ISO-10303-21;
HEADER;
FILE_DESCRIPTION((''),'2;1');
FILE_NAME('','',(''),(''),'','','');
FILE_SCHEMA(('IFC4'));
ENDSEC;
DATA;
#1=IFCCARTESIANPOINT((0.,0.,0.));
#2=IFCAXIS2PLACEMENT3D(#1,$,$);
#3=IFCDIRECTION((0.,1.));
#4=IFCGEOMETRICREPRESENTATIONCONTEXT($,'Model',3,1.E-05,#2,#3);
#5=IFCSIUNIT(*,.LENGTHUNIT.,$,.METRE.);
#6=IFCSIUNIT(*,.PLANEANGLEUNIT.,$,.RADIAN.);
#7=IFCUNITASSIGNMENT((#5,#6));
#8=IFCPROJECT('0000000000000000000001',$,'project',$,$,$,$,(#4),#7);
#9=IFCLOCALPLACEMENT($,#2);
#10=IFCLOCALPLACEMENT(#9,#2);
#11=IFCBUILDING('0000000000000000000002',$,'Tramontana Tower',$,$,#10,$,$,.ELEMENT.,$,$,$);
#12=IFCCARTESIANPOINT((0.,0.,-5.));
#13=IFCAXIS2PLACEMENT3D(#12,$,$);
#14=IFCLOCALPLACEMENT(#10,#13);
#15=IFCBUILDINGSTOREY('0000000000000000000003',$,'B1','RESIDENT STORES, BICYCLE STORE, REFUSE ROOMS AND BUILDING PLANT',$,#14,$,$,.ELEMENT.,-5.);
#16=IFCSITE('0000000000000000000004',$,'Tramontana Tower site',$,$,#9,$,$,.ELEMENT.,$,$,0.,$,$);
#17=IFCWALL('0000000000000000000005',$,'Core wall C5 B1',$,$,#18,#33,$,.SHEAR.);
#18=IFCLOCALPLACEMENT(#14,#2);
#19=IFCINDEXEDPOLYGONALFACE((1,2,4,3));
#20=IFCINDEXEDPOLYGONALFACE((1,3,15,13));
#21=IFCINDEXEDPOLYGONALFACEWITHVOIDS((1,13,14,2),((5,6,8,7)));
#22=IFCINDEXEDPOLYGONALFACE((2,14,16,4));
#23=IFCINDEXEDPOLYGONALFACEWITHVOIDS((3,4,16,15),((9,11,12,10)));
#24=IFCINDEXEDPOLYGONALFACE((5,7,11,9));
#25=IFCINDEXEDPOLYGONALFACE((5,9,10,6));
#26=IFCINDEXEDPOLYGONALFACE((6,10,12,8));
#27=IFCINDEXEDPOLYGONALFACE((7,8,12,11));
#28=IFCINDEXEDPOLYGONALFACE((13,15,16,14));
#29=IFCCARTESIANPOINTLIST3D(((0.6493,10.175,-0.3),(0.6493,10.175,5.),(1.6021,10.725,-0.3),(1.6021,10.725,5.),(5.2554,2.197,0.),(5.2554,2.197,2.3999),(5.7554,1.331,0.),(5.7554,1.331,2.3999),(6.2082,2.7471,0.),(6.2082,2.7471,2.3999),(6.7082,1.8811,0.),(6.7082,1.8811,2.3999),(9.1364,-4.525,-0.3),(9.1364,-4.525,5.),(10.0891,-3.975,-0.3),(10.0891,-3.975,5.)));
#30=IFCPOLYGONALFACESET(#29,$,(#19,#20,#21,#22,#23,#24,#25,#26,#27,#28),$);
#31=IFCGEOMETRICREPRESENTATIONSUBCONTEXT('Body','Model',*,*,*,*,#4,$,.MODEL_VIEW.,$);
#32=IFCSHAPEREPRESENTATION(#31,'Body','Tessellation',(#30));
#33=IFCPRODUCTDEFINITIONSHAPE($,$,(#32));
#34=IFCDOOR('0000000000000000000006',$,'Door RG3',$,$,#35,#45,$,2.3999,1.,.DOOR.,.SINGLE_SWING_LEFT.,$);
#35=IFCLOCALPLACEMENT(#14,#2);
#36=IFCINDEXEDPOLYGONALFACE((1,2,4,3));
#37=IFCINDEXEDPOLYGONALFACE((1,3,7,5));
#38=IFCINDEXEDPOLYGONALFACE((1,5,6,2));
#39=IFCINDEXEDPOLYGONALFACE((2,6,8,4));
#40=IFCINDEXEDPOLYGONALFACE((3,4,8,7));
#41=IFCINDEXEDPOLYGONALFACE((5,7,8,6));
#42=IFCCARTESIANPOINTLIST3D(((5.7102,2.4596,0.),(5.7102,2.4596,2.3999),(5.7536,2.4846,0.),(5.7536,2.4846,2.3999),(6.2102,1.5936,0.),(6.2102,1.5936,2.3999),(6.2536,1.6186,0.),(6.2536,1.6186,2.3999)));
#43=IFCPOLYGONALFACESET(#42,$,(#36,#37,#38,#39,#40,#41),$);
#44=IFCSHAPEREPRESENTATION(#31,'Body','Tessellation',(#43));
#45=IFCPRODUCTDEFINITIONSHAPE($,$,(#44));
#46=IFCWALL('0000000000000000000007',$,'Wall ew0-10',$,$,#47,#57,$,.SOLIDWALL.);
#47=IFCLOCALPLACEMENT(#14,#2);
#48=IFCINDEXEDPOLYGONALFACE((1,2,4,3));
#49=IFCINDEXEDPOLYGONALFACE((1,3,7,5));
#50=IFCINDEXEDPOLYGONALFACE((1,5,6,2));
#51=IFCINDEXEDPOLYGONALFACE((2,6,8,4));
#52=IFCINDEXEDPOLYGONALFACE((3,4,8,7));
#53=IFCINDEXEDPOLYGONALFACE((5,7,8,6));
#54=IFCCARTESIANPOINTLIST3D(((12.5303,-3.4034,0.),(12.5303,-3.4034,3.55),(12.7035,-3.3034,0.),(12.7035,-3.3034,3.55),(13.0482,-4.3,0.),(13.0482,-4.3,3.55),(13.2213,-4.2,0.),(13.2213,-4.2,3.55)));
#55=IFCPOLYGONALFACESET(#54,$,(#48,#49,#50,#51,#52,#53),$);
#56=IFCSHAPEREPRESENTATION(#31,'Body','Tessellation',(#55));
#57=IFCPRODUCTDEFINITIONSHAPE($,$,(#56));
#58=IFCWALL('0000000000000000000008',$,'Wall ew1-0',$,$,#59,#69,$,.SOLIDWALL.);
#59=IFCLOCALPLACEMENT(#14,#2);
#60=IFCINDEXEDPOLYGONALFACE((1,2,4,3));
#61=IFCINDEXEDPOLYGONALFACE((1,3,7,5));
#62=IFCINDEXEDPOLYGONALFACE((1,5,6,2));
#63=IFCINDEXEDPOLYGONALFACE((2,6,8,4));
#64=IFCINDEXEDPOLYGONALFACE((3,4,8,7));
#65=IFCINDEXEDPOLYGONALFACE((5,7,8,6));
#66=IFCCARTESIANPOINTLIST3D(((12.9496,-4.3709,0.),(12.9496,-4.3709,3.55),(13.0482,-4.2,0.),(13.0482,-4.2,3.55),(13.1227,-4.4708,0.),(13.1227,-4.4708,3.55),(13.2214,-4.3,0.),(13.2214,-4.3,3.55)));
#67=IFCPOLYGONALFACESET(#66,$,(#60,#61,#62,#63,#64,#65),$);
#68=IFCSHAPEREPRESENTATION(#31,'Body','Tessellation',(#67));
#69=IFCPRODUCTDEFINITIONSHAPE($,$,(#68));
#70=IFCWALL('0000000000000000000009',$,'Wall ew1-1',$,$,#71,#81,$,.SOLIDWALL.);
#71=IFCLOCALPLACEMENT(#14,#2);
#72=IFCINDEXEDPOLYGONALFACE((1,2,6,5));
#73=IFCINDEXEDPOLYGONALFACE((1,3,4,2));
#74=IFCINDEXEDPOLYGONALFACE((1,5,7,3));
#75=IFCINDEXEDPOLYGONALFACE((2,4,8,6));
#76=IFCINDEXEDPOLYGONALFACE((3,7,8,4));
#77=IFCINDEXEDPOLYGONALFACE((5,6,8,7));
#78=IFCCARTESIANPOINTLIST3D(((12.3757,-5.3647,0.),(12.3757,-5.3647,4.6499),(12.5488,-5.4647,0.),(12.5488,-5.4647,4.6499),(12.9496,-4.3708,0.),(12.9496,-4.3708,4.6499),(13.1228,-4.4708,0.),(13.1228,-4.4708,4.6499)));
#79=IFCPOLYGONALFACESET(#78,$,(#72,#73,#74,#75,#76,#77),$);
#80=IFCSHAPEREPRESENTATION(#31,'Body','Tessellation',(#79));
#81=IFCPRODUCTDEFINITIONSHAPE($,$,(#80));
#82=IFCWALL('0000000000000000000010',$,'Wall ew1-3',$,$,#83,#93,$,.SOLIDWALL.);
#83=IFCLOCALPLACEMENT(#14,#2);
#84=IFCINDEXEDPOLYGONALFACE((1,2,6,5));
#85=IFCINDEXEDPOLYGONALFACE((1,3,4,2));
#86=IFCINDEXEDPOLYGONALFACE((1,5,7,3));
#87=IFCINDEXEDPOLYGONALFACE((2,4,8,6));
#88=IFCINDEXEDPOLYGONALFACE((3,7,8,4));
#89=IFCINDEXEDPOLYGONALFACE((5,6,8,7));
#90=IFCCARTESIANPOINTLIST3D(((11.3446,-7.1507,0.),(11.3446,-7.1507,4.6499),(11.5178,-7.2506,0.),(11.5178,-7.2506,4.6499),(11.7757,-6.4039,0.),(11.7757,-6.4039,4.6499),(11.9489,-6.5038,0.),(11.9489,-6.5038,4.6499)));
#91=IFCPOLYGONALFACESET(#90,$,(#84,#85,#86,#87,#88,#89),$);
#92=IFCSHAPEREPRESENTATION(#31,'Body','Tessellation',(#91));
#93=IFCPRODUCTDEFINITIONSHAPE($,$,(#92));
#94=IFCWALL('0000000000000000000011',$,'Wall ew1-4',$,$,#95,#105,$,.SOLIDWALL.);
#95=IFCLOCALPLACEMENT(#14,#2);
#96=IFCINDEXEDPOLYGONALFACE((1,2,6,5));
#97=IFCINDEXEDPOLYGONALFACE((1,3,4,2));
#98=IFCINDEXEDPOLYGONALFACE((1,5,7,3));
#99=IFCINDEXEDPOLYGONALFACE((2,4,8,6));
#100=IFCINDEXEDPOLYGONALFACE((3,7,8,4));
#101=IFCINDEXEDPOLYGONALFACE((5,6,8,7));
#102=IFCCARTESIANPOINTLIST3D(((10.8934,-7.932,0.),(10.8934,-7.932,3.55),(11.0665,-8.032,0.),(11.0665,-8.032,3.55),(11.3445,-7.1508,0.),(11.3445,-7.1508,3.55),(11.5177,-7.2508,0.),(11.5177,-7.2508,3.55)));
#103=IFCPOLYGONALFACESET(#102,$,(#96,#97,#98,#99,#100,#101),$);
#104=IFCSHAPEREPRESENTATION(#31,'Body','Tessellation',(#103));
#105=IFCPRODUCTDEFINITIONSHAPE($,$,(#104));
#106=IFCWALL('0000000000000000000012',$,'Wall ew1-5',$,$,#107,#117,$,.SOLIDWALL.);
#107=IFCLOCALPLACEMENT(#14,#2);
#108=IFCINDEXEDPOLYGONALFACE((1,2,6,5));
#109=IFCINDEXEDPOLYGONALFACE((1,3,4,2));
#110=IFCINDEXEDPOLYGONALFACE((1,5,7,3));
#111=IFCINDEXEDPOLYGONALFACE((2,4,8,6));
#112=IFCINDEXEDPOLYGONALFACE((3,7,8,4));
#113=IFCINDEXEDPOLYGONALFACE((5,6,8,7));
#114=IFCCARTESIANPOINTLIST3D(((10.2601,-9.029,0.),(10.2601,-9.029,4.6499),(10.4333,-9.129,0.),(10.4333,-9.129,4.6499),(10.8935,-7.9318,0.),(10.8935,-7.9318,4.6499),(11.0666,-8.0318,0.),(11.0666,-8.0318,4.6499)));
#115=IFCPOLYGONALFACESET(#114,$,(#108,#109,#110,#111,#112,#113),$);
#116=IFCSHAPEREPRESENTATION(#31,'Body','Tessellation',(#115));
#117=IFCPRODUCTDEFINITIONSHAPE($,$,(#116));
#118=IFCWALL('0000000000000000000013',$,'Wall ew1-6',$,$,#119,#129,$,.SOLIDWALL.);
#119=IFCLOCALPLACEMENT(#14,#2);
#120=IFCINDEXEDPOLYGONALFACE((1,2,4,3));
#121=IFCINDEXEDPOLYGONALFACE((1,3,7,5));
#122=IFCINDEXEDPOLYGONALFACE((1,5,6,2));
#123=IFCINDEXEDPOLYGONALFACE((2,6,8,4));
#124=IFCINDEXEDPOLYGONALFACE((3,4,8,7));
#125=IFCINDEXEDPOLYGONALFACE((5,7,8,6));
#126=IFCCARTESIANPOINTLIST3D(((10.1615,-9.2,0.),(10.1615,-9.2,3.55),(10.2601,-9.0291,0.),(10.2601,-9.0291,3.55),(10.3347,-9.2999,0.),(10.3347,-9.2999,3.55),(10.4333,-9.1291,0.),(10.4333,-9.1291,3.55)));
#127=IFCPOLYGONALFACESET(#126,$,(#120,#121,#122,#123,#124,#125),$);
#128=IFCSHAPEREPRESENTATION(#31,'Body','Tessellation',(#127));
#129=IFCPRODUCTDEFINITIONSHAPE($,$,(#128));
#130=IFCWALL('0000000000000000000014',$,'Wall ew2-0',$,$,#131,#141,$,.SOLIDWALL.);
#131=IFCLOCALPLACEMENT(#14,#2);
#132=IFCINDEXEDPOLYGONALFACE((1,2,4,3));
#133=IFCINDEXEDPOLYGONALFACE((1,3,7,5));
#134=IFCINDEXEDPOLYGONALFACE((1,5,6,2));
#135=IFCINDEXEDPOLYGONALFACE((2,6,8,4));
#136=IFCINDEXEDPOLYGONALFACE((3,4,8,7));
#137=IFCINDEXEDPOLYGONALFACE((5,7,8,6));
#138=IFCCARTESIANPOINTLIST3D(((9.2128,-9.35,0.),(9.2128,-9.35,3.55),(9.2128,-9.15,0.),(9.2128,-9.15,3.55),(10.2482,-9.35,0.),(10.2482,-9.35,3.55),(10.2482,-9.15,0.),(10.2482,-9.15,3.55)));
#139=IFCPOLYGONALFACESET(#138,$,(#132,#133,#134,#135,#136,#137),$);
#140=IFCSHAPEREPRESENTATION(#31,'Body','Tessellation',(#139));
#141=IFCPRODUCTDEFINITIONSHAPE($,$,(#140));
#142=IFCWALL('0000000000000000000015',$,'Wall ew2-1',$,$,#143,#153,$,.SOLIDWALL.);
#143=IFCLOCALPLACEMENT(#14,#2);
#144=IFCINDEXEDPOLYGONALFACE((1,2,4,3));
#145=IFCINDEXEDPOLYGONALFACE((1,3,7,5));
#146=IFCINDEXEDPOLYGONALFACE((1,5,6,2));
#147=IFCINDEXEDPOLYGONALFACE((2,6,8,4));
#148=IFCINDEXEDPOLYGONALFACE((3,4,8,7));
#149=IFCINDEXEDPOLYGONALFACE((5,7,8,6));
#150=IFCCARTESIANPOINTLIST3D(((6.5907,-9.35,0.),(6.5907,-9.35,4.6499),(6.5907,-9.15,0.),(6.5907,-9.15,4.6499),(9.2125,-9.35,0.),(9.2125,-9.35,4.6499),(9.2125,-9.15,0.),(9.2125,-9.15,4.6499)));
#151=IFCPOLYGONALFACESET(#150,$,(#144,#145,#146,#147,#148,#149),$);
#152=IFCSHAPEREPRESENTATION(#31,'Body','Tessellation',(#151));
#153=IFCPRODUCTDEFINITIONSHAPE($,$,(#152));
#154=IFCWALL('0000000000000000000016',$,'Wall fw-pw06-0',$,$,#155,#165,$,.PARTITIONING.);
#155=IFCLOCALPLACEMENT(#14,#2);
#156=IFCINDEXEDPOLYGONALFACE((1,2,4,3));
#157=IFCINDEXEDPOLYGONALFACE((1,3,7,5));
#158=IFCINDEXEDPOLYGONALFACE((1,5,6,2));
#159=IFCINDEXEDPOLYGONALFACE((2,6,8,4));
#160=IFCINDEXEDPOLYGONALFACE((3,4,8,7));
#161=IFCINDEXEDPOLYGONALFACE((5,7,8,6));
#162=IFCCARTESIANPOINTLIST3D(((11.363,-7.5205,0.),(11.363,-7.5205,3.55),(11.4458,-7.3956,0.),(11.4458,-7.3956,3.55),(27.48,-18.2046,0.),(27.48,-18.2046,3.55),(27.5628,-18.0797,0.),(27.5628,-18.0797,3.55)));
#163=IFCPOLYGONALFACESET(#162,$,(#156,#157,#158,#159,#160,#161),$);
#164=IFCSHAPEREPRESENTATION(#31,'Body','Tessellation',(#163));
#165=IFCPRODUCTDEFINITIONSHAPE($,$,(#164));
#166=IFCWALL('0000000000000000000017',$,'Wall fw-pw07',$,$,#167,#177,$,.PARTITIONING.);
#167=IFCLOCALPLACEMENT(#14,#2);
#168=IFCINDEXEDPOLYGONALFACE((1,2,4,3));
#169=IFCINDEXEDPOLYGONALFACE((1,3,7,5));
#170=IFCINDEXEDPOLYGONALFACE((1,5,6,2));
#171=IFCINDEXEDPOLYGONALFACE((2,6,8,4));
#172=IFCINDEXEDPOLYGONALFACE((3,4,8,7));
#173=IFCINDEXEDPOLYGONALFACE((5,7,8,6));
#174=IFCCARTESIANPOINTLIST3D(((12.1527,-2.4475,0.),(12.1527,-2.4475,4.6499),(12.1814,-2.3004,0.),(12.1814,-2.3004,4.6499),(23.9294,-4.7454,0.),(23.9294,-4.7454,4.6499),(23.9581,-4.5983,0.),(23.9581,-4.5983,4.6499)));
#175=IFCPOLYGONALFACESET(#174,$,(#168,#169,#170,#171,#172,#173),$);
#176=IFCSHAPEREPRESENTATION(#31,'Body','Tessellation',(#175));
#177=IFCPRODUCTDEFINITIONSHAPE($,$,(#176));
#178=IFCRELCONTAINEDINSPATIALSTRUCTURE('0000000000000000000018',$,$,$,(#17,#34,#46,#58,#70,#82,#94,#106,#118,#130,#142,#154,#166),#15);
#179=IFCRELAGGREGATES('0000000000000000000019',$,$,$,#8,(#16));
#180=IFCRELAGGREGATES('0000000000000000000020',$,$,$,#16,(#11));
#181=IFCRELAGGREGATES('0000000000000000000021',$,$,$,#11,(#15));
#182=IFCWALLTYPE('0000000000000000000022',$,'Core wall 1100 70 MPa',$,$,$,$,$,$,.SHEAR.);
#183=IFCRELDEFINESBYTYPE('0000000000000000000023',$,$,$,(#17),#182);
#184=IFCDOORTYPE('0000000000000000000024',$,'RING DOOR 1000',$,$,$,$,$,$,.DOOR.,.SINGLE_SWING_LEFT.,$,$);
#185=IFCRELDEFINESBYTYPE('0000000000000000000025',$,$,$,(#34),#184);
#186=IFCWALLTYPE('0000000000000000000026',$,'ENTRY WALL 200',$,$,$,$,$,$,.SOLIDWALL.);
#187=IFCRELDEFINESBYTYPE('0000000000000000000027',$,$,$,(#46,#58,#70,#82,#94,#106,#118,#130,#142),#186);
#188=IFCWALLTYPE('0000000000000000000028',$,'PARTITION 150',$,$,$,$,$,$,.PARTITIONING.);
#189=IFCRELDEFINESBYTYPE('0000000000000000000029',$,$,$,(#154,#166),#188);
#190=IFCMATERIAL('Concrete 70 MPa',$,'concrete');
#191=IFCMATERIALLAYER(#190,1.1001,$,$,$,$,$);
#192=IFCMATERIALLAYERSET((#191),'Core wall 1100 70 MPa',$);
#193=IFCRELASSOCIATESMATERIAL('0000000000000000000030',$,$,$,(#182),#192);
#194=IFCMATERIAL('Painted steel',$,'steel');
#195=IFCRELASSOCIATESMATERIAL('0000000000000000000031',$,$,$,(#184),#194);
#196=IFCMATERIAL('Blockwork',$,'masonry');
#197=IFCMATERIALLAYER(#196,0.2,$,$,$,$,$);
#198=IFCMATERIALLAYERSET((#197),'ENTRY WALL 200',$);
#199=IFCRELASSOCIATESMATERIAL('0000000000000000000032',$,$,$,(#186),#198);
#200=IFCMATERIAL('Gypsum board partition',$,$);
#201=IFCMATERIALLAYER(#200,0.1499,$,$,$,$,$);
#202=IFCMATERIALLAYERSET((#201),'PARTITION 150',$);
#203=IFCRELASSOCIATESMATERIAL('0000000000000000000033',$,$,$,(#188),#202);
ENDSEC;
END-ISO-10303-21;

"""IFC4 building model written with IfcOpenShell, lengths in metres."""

from ifc_helpers import new_model, si_unit, direction, frame, frame_2d, origin, place, context, subcontext, project, spatial, rectangle, extrude, material, layer, layer_set, type_object, element, fill, save


model = new_model("IFC4")

# Units and contexts
model_context = context("Model", 3, precision=1e-05, world=origin(), true_north=direction((0.0, 1.0)))
body_context = subcontext(model_context, "Body", "Model", "MODEL_VIEW")
ifc_project = project(units=[si_unit("LENGTHUNIT", "METRE"), si_unit("PLANEANGLEUNIT", "RADIAN")], contexts=[model_context])

# Site, building, storey
site_placement = place(None, origin())
site = spatial("IfcSite", under=ifc_project, at=site_placement, Name="Tramontana Tower site", CompositionType="ELEMENT", RefElevation=0.0)
building_placement = place(site_placement, origin())
building = spatial("IfcBuilding", under=site, at=building_placement, Name="Tramontana Tower", CompositionType="ELEMENT")
storey_placement = place(building_placement, frame((0.0, 0.0, -5.0)))
storey = spatial("IfcBuildingStorey", under=building, at=storey_placement, Name="B1", Description="RESIDENT STORES, BICYCLE STORE, REFUSE ROOMS AND BUILDING PLANT", CompositionType="ELEMENT", Elevation=-5.0)

# Wall, opening, door
ifc_material_1 = material(Name="Concrete 70 MPa", Category="concrete")
ifc_layer_1 = layer(ifc_material_1, 1.1001)
ifc_layer_set_1 = layer_set([ifc_layer_1], Name="Core wall 1100 70 MPa")
wall_type_1 = type_object("IfcWallType", Name="Core wall 1100 70 MPa", PredefinedType="SHEAR", material=ifc_layer_set_1)
wall_1_placement = place(storey_placement, frame((9.6128, -4.25, -0.3), z_axis=(0.0, 0.0, 1.0), x_axis=(-0.500002, 0.866024, 0.0)))
wall_1 = element("IfcWall", 1, at=wall_1_placement, inside=storey, type_object=wall_type_1, Name="Core wall C5 B1", PredefinedType="SHEAR", context=body_context, shape_type="SweptSolid", body=[
    extrude(rectangle(XDim=16.9741, YDim=1.1001, at=frame_2d((8.4871, 0.0))), origin(), (0.0, 0.0, 1.0), 5.3),
])
opening_1_placement = place(wall_1_placement, frame((6.762, 0.0, 0.3)))
opening_1 = element("IfcOpeningElement", 2, at=opening_1_placement, cuts=wall_1, PredefinedType="OPENING", context=body_context, shape_type="SweptSolid", body=[
    extrude(rectangle(XDim=1.0, YDim=2.3999, at=frame_2d((0.5, 1.2))), frame((0.0, 0.5601, 0.0), z_axis=(0.0, -1.0, 0.0), x_axis=(1.0, 0.0, 0.0)), (0.0, 0.0, 1.0), 1.1201),
])
ifc_material_2 = material(Name="Painted steel", Category="steel")
door_type_1 = type_object("IfcDoorType", Name="RING DOOR 1000", OperationType="SINGLE_SWING_LEFT", PredefinedType="DOOR", material=ifc_material_2)
door_1_placement = place(opening_1_placement, origin())
door_1 = element("IfcDoor", 3, at=door_1_placement, inside=storey, type_object=door_type_1, Name="Door RG3", OperationType="SINGLE_SWING_LEFT", OverallHeight=2.3999, OverallWidth=1.0, PredefinedType="DOOR", context=body_context, shape_type="SweptSolid", body=[
    extrude(rectangle(XDim=1.0, YDim=2.3999, at=frame_2d((0.5, 1.2))), frame((0.0, 0.0249, 0.0), z_axis=(0.0, -1.0, 0.0), x_axis=(1.0, 0.0, 0.0)), (0.0, 0.0, 1.0), 0.05),
])
fill(opening_1, door_1)

# Walls
ifc_material_3 = material(Name="Blockwork", Category="masonry")
ifc_layer_2 = layer(ifc_material_3, 0.2)
ifc_layer_set_2 = layer_set([ifc_layer_2], Name="ENTRY WALL 200")
wall_type_2 = type_object("IfcWallType", Name="ENTRY WALL 200", PredefinedType="SOLIDWALL", material=ifc_layer_set_2)
wall_2_placement = place(storey_placement, frame((12.6169, -3.3535, 0.0), z_axis=(0.0, 0.0, 1.0), x_axis=(0.500172, -0.865926, 0.0)))
element("IfcWall", 4, at=wall_2_placement, inside=storey, type_object=wall_type_2, Name="Wall ew0-10", PredefinedType="SOLIDWALL", context=body_context, shape_type="SweptSolid", body=[
    extrude(rectangle(XDim=1.0354, YDim=0.2, at=frame_2d((0.5176, 0.0))), origin(), (0.0, 0.0, 1.0), 3.55),
])
wall_3_placement = place(storey_placement, frame((13.1348, -4.25, 0.0), z_axis=(0.0, 0.0, 1.0), x_axis=(-0.499865, -0.866103, 0.0)))
element("IfcWall", 5, at=wall_3_placement, inside=storey, type_object=wall_type_2, Name="Wall ew1-0", PredefinedType="SOLIDWALL", context=body_context, shape_type="SweptSolid", body=[
    extrude(rectangle(XDim=0.1973, YDim=0.2, at=frame_2d((0.0986, 0.0))), origin(), (0.0, 0.0, 1.0), 3.55),
])
wall_4_placement = place(storey_placement, frame((13.0361, -4.4209, 0.0), z_axis=(0.0, 0.0, 1.0), x_axis=(-0.500097, -0.865969, 0.0)))
element("IfcWall", 6, at=wall_4_placement, inside=storey, type_object=wall_type_2, Name="Wall ew1-1", PredefinedType="SOLIDWALL", context=body_context, shape_type="SweptSolid", body=[
    extrude(rectangle(XDim=1.1477, YDim=0.2, at=frame_2d((0.5737, 0.0))), origin(), (0.0, 0.0, 1.0), 4.6499),
])

# Walls
wall_5_placement = place(storey_placement, frame((11.8623, -6.4539, 0.0), z_axis=(0.0, 0.0, 1.0), x_axis=(-0.499976, -0.866039, 0.0)))
element("IfcWall", 7, at=wall_5_placement, inside=storey, type_object=wall_type_2, Name="Wall ew1-3", PredefinedType="SOLIDWALL", context=body_context, shape_type="SweptSolid", body=[
    extrude(rectangle(XDim=0.8623, YDim=0.2, at=frame_2d((0.4312, 0.0))), origin(), (0.0, 0.0, 1.0), 4.6499),
])
wall_6_placement = place(storey_placement, frame((11.4312, -7.2007, 0.0), z_axis=(0.0, 0.0, 1.0), x_axis=(-0.500097, -0.865969, 0.0)))
element("IfcWall", 8, at=wall_6_placement, inside=storey, type_object=wall_type_2, Name="Wall ew1-4", PredefinedType="SOLIDWALL", context=body_context, shape_type="SweptSolid", body=[
    extrude(rectangle(XDim=0.9021, YDim=0.2, at=frame_2d((0.4512, 0.0))), origin(), (0.0, 0.0, 1.0), 3.55),
])
wall_7_placement = place(storey_placement, frame((10.98, -7.9819, 0.0), z_axis=(0.0, 0.0, 1.0), x_axis=(-0.499912, -0.866076, 0.0)))
element("IfcWall", 9, at=wall_7_placement, inside=storey, type_object=wall_type_2, Name="Wall ew1-5", PredefinedType="SOLIDWALL", context=body_context, shape_type="SweptSolid", body=[
    extrude(rectangle(XDim=1.2668, YDim=0.2, at=frame_2d((0.6333, 0.0))), origin(), (0.0, 0.0, 1.0), 4.6499),
])
wall_8_placement = place(storey_placement, frame((10.3467, -9.0791, 0.0), z_axis=(0.0, 0.0, 1.0), x_axis=(-0.499865, -0.866103, 0.0)))
element("IfcWall", 10, at=wall_8_placement, inside=storey, type_object=wall_type_2, Name="Wall ew1-6", PredefinedType="SOLIDWALL", context=body_context, shape_type="SweptSolid", body=[
    extrude(rectangle(XDim=0.1973, YDim=0.2, at=frame_2d((0.0986, 0.0))), origin(), (0.0, 0.0, 1.0), 3.55),
])
wall_9_placement = place(storey_placement, frame((10.248, -9.25, 0.0), z_axis=(0.0, 0.0, 1.0), x_axis=(-1.0, 0.0, 0.0)))
element("IfcWall", 11, at=wall_9_placement, inside=storey, type_object=wall_type_2, Name="Wall ew2-0", PredefinedType="SOLIDWALL", context=body_context, shape_type="SweptSolid", body=[
    extrude(rectangle(XDim=1.0354, YDim=0.2, at=frame_2d((0.5176, 0.0))), origin(), (0.0, 0.0, 1.0), 3.55),
])
wall_10_placement = place(storey_placement, frame((9.2126, -9.25, 0.0), z_axis=(0.0, 0.0, 1.0), x_axis=(-1.0, 0.0, 0.0)))
element("IfcWall", 12, at=wall_10_placement, inside=storey, type_object=wall_type_2, Name="Wall ew2-1", PredefinedType="SOLIDWALL", context=body_context, shape_type="SweptSolid", body=[
    extrude(rectangle(XDim=2.6218, YDim=0.2, at=frame_2d((1.311, 0.0))), origin(), (0.0, 0.0, 1.0), 4.6499),
])
ifc_material_4 = material(Name="Gypsum board partition")
ifc_layer_3 = layer(ifc_material_4, 0.1499)
ifc_layer_set_3 = layer_set([ifc_layer_3], Name="PARTITION 150")
wall_type_3 = type_object("IfcWallType", Name="PARTITION 150", PredefinedType="PARTITIONING", material=ifc_layer_set_3)
wall_11_placement = place(storey_placement, frame((11.4043, -7.458, 0.0), z_axis=(0.0, 0.0, 1.0), x_axis=(0.833493, -0.552531, 0.0)))
element("IfcWall", 13, at=wall_11_placement, inside=storey, type_object=wall_type_3, Name="Wall fw-pw06-0", PredefinedType="PARTITIONING", context=body_context, shape_type="SweptSolid", body=[
    extrude(rectangle(XDim=19.3367, YDim=0.1499, at=frame_2d((9.6685, 0.0))), origin(), (0.0, 0.0, 1.0), 3.55),
])
wall_12_placement = place(storey_placement, frame((23.9438, -4.6719, 0.0), z_axis=(0.0, 0.0, 1.0), x_axis=(-0.981491, 0.191508, 0.0)))
element("IfcWall", 14, at=wall_12_placement, inside=storey, type_object=wall_type_3, Name="Wall fw-pw07", PredefinedType="PARTITIONING", context=body_context, shape_type="SweptSolid", body=[
    extrude(rectangle(XDim=11.9988, YDim=0.1499, at=frame_2d((5.9995, 0.0))), origin(), (0.0, 0.0, 1.0), 4.6499),
])

save(model, "model.ifc")
